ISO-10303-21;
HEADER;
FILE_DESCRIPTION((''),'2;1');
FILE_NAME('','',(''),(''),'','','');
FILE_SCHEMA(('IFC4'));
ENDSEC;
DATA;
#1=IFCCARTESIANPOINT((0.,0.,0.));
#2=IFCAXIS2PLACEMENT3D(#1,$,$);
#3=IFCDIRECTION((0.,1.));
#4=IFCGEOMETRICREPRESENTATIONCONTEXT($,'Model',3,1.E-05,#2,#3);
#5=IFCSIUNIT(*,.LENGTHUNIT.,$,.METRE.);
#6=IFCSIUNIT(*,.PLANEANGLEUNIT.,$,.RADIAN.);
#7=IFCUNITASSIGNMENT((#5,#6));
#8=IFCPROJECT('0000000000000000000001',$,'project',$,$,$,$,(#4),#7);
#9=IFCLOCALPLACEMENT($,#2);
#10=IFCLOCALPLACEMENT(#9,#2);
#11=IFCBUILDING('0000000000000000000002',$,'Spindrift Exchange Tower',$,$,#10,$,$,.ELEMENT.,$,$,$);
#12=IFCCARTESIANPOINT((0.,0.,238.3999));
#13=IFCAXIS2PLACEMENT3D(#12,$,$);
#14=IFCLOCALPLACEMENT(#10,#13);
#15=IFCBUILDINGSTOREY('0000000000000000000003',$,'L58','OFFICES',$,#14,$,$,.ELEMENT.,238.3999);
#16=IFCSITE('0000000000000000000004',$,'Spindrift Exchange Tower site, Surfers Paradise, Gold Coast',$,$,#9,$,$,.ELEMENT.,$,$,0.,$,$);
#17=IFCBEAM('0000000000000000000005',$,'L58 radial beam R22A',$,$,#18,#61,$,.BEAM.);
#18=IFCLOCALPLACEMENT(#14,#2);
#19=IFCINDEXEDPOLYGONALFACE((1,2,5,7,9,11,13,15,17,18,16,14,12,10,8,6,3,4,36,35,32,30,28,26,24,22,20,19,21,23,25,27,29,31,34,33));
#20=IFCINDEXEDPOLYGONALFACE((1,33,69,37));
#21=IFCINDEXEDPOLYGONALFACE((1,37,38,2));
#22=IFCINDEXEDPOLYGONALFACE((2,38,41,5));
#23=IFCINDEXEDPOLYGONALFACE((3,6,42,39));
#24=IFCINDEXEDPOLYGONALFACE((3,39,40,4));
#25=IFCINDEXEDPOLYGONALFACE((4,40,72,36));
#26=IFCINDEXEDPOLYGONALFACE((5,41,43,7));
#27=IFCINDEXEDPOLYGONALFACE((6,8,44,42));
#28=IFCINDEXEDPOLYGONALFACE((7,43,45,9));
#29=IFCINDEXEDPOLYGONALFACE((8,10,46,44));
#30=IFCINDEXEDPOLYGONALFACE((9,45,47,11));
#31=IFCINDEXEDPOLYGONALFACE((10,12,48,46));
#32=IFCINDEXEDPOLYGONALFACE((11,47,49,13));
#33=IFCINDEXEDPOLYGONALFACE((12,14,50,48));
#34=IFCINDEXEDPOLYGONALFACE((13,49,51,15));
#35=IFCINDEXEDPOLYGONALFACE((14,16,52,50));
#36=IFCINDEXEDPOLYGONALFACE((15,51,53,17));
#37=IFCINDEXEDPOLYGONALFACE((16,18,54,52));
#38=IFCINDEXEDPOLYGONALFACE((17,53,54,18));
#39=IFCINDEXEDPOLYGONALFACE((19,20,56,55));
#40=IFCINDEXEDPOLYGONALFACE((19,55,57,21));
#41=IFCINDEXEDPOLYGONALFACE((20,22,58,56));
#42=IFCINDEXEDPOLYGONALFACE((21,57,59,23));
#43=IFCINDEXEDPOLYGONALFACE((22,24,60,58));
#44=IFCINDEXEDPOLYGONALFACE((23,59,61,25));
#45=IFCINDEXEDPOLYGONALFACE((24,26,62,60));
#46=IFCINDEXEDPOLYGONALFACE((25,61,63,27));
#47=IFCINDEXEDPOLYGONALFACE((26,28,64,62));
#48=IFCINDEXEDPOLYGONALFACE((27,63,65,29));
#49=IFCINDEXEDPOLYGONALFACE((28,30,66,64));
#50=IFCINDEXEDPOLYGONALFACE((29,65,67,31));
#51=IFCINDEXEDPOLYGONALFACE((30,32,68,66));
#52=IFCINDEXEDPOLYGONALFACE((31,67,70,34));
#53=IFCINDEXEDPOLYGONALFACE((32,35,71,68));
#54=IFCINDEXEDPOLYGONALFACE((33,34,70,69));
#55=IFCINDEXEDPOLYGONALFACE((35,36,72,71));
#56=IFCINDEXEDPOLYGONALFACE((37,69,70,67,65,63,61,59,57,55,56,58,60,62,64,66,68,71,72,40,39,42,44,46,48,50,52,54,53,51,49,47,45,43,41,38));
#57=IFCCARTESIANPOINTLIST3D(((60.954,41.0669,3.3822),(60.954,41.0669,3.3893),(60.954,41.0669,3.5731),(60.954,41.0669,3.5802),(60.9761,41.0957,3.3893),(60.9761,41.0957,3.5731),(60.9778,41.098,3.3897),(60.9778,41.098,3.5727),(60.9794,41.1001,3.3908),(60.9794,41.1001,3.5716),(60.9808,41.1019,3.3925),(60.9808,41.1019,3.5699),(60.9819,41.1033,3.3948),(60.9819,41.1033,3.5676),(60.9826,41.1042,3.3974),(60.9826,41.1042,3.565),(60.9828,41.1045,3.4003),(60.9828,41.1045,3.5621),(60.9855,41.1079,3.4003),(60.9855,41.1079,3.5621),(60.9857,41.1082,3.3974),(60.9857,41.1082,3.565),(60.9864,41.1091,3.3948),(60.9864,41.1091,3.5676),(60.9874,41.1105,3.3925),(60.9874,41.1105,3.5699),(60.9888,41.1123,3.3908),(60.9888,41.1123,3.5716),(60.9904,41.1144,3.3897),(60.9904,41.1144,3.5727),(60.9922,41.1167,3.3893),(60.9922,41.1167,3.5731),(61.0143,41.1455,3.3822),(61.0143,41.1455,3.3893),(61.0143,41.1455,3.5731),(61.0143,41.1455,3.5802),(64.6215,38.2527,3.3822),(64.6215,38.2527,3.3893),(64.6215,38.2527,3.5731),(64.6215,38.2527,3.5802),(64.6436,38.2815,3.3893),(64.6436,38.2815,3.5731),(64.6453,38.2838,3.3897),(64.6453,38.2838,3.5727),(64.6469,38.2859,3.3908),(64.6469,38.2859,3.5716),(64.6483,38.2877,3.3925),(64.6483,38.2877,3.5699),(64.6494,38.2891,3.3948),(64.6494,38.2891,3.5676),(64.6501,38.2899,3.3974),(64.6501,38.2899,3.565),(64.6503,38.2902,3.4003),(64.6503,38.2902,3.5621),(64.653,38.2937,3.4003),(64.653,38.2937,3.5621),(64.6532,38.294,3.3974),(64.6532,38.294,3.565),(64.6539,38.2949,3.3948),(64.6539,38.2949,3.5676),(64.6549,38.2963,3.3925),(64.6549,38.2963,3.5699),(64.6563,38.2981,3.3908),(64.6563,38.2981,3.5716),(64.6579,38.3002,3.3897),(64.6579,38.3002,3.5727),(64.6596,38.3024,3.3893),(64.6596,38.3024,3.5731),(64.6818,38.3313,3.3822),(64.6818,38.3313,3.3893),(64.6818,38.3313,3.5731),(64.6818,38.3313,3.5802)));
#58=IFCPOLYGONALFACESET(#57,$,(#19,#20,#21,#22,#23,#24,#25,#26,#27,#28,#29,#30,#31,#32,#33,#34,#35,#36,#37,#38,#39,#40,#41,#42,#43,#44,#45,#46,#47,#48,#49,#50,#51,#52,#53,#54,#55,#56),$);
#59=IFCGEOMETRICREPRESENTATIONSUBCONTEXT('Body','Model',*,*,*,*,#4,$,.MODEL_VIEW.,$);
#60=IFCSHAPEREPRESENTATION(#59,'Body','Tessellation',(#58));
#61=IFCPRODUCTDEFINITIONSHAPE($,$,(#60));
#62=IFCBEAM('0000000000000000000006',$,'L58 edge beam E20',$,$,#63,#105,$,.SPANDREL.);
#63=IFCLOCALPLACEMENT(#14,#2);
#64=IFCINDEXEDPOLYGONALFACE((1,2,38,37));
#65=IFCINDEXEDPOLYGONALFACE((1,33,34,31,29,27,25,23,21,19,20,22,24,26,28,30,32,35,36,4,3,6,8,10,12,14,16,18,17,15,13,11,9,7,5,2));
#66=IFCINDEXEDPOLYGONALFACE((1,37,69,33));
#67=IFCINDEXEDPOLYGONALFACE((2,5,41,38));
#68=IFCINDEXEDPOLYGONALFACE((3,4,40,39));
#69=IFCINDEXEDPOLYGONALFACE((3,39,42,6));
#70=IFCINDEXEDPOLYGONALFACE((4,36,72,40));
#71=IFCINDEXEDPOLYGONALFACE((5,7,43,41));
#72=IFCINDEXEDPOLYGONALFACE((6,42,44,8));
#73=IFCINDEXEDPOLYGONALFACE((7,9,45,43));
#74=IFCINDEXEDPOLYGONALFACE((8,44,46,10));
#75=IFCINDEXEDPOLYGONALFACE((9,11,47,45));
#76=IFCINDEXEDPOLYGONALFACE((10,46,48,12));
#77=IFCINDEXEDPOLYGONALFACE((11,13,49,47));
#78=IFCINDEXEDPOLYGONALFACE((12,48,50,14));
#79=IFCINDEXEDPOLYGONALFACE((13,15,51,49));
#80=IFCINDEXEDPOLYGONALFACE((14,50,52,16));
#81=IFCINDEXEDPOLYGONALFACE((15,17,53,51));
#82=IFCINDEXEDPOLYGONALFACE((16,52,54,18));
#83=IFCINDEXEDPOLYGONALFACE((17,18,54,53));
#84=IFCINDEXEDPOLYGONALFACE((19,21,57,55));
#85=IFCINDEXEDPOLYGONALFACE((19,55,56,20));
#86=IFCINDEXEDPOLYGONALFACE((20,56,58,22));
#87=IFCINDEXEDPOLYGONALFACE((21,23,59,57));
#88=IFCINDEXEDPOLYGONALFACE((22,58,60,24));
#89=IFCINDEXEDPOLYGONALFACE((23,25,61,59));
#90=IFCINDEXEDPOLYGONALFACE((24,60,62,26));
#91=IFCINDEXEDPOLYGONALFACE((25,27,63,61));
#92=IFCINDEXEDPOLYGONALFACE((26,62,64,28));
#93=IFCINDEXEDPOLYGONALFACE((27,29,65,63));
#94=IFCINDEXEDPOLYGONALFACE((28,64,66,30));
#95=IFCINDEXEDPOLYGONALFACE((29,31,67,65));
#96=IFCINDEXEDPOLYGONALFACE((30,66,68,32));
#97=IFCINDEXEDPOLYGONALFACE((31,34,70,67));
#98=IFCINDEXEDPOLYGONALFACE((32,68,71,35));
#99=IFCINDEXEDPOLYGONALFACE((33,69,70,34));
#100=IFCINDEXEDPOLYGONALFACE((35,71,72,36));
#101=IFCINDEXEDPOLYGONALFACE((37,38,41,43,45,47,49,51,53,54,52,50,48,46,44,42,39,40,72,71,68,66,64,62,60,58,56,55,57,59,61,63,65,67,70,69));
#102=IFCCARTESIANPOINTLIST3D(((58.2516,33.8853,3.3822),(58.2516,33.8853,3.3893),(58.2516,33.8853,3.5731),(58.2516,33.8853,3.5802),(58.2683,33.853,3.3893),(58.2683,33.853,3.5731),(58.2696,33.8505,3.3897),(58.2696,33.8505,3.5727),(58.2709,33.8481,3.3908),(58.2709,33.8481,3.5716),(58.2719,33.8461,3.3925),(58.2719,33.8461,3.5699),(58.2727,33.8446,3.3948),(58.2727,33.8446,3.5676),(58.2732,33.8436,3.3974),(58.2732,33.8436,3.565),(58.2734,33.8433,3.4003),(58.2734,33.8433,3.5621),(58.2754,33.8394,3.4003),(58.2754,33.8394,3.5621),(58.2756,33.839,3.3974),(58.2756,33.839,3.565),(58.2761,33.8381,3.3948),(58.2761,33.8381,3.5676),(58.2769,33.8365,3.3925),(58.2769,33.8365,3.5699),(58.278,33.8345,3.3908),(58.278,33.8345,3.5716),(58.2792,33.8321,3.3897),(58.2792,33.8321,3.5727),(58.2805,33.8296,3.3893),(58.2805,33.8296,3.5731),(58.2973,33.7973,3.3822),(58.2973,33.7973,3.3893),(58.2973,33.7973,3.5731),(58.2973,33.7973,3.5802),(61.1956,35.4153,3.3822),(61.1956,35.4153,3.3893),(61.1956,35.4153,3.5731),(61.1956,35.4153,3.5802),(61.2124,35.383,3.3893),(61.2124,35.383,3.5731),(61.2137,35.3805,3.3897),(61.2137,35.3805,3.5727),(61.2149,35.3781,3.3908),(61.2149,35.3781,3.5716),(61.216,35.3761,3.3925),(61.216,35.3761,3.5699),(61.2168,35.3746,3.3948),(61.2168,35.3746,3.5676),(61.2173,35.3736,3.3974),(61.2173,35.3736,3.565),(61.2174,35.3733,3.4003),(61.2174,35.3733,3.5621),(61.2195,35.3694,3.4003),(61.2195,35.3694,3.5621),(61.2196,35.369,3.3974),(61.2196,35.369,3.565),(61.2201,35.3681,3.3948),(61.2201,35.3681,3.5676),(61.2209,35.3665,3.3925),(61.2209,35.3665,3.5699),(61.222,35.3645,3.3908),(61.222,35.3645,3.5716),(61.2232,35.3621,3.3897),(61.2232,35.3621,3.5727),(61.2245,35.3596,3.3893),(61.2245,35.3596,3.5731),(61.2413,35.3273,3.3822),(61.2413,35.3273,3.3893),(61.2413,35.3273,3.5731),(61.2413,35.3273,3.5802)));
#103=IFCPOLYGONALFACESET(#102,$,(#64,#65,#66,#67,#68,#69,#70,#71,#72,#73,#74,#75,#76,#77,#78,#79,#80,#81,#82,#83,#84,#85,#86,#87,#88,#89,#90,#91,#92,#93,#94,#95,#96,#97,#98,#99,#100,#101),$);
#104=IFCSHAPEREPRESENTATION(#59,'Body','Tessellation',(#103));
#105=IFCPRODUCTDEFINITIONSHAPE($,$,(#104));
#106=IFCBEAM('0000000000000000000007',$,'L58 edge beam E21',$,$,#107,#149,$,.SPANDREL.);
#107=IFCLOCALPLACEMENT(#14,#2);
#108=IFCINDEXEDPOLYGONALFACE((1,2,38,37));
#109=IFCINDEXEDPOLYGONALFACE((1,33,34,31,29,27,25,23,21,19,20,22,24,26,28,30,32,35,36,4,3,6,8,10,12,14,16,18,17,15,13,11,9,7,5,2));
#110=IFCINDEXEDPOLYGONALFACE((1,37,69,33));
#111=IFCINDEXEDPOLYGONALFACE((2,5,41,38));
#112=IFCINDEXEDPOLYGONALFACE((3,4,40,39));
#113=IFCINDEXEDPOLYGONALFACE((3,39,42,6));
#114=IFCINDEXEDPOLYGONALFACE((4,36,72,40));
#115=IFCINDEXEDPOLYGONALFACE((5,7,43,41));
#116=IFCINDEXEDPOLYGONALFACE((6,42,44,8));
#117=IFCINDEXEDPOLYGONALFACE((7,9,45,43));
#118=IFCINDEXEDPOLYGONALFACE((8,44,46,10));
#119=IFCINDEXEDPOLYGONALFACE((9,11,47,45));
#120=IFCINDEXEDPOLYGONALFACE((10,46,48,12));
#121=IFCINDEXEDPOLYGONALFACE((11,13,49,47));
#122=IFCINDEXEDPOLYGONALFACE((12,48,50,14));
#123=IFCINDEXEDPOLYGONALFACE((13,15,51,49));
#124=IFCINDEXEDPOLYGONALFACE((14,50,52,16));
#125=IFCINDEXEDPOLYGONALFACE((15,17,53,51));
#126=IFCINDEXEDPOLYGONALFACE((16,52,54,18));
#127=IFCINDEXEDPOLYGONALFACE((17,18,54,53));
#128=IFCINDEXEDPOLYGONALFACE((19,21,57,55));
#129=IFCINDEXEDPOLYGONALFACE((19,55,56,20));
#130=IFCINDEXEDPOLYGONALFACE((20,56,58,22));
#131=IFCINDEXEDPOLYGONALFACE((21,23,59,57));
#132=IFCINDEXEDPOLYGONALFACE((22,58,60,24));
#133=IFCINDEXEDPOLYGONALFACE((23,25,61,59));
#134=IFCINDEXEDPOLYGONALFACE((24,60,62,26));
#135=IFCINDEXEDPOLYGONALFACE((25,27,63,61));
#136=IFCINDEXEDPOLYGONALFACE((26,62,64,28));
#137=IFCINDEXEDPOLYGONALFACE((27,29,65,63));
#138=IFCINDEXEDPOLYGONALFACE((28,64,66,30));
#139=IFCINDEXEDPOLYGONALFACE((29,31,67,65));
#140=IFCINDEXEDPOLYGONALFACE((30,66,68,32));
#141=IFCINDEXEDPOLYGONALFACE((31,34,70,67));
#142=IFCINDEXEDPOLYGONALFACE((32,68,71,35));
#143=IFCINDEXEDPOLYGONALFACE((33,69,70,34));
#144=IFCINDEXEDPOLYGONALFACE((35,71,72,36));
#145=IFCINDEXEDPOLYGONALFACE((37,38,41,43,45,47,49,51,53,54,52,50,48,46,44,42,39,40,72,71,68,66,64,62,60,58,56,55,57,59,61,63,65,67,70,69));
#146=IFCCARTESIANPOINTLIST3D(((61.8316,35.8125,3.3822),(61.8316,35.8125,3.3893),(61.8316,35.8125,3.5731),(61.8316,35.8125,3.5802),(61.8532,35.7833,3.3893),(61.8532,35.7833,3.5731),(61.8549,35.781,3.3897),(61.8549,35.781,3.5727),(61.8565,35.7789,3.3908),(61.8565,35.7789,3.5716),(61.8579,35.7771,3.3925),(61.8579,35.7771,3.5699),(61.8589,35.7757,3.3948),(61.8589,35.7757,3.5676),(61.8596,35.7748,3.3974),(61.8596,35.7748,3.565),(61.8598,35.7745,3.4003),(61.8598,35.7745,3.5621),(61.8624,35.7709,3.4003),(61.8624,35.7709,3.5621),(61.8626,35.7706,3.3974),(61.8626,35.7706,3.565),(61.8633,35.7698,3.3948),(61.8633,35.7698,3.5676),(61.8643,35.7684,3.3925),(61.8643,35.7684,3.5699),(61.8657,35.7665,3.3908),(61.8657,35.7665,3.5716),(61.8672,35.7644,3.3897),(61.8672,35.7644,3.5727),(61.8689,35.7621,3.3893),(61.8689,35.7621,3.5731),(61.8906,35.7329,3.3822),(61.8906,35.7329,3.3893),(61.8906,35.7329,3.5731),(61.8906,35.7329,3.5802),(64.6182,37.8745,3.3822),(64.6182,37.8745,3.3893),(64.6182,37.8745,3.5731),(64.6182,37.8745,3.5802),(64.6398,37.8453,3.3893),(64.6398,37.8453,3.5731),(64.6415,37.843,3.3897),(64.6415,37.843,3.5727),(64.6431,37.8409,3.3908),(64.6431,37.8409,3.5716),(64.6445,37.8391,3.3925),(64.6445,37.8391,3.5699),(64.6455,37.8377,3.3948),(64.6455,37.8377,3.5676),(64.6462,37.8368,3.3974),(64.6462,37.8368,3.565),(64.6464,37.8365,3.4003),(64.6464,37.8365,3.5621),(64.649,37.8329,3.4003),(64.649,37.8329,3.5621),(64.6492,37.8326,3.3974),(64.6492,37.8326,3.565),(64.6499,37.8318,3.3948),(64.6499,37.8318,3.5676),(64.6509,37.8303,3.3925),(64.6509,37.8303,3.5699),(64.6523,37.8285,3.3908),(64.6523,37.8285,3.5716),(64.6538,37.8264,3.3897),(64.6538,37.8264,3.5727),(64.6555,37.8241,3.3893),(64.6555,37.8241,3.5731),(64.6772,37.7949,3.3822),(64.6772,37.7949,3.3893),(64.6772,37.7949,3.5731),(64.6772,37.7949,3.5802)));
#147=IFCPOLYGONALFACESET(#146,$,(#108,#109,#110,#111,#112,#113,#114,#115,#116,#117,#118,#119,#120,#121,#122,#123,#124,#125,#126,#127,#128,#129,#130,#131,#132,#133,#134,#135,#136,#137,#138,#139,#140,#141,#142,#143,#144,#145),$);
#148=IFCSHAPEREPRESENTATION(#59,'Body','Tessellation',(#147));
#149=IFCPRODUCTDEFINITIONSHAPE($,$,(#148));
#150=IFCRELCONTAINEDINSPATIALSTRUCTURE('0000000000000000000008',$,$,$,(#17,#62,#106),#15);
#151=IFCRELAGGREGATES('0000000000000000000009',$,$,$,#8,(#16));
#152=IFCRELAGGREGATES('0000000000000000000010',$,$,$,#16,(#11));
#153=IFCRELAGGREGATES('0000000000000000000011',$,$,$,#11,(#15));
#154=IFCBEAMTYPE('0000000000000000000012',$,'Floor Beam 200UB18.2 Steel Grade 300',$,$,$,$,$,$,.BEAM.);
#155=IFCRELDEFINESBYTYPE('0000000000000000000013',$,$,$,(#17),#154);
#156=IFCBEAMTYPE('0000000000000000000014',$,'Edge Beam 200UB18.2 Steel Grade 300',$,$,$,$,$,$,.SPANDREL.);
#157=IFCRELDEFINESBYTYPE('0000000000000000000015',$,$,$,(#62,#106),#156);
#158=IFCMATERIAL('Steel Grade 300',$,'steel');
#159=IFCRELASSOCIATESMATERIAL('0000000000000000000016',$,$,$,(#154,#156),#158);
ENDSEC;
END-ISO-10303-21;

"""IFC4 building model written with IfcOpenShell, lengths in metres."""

from ifc_helpers import new_model, si_unit, direction, frame, origin, origin_2d, place, context, subcontext, project, spatial, i_section, extrude, source, transform, mapped, material, material_profile, profile_set, type_object, element, save


model = new_model("IFC4")

# Units and contexts
model_context = context("Model", 3, precision=1e-05, world=origin(), true_north=direction((0.0, 1.0)))
body_context = subcontext(model_context, "Body", "Model", "MODEL_VIEW")
ifc_project = project(units=[si_unit("LENGTHUNIT", "METRE"), si_unit("PLANEANGLEUNIT", "RADIAN")], contexts=[model_context])

# Site, building, storey
site_placement = place(None, origin())
site = spatial("IfcSite", under=ifc_project, at=site_placement, Name="Spindrift Exchange Tower site, Surfers Paradise, Gold Coast", CompositionType="ELEMENT", RefElevation=0.0)
building_placement = place(site_placement, origin())
building = spatial("IfcBuilding", under=site, at=building_placement, Name="Spindrift Exchange Tower", CompositionType="ELEMENT")
storey_placement = place(building_placement, frame((0.0, 0.0, 238.3999)))
storey = spatial("IfcBuildingStorey", under=building, at=storey_placement, Name="L58", Description="OFFICES", CompositionType="ELEMENT", Elevation=238.3999)

# Beams
ifc_material_1 = material(Name="Steel Grade 300", Category="steel")
ifc_material_profile_1 = material_profile(ifc_material_1, i_section(OverallWidth=0.0991, OverallDepth=0.198, WebThickness=0.0044, FlangeThickness=0.0071, FilletRadius=0.011, at=origin_2d()), Name="200UB18.2")
ifc_profile_set_1 = profile_set([ifc_material_profile_1], Name="Steel Grade 300")
beam_type_1 = type_object("IfcBeamType", Name="Floor Beam 200UB18.2 Steel Grade 300", PredefinedType="BEAM", material=ifc_profile_set_1)
shared_shape_1 = source(origin(), body_context, "Body", "SweptSolid", [
    extrude(i_section(OverallWidth=0.0991, OverallDepth=0.198, WebThickness=0.0044, FlangeThickness=0.0071, FilletRadius=0.011, at=origin_2d()), origin(), (0.0, 0.0, 1.0), 4.6228),
])
beam_1_placement = place(storey_placement, frame((60.9841, 41.1062, 3.4812), z_axis=(0.793348, -0.608769, 0.0), x_axis=(0.608769, 0.793348, 0.0)))
element("IfcBeam", 1, at=beam_1_placement, inside=storey, type_object=beam_type_1, Name="L58 radial beam R22A", PredefinedType="BEAM", context=body_context, shape_type="MappedRepresentation", body=[
    mapped(shared_shape_1, transform((0.0, 0.0, 0.0), scale=1.0)),
])
ifc_material_profile_2 = material_profile(ifc_material_1, i_section(OverallWidth=0.0991, OverallDepth=0.198, WebThickness=0.0044, FlangeThickness=0.0071, FilletRadius=0.011, at=origin_2d()), Name="200UB18.2")
ifc_profile_set_2 = profile_set([ifc_material_profile_2], Name="Steel Grade 300")
beam_type_2 = type_object("IfcBeamType", Name="Edge Beam 200UB18.2 Steel Grade 300", PredefinedType="SPANDREL", material=ifc_profile_set_2)
shared_shape_2 = source(origin(), body_context, "Body", "SweptSolid", [
    extrude(i_section(OverallWidth=0.0991, OverallDepth=0.198, WebThickness=0.0044, FlangeThickness=0.0071, FilletRadius=0.011, at=origin_2d()), origin(), (0.0, 0.0, 1.0), 3.3179),
])
beam_2_placement = place(storey_placement, frame((58.2744, 33.8413, 3.4812), z_axis=(0.887328, 0.46114, 0.0), x_axis=(-0.46114, 0.887328, 0.0)))
element("IfcBeam", 2, at=beam_2_placement, inside=storey, type_object=beam_type_2, Name="L58 edge beam E20", PredefinedType="SPANDREL", context=body_context, shape_type="MappedRepresentation", body=[
    mapped(shared_shape_2, transform((0.0, 0.0, 0.0), scale=1.0)),
])
shared_shape_3 = source(origin(), body_context, "Body", "SweptSolid", [
    extrude(i_section(OverallWidth=0.0991, OverallDepth=0.198, WebThickness=0.0044, FlangeThickness=0.0071, FilletRadius=0.011, at=origin_2d()), origin(), (0.0, 0.0, 1.0), 3.4666),
])
beam_3_placement = place(storey_placement, frame((61.8611, 35.7727, 3.4812), z_axis=(0.803854, 0.594827, 0.0), x_axis=(-0.594827, 0.803854, 0.0)))
element("IfcBeam", 3, at=beam_3_placement, inside=storey, type_object=beam_type_2, Name="L58 edge beam E21", PredefinedType="SPANDREL", context=body_context, shape_type="MappedRepresentation", body=[
    mapped(shared_shape_3, transform((0.0, 0.0, 0.0), scale=1.0)),
])

save(model, "model.ifc")
